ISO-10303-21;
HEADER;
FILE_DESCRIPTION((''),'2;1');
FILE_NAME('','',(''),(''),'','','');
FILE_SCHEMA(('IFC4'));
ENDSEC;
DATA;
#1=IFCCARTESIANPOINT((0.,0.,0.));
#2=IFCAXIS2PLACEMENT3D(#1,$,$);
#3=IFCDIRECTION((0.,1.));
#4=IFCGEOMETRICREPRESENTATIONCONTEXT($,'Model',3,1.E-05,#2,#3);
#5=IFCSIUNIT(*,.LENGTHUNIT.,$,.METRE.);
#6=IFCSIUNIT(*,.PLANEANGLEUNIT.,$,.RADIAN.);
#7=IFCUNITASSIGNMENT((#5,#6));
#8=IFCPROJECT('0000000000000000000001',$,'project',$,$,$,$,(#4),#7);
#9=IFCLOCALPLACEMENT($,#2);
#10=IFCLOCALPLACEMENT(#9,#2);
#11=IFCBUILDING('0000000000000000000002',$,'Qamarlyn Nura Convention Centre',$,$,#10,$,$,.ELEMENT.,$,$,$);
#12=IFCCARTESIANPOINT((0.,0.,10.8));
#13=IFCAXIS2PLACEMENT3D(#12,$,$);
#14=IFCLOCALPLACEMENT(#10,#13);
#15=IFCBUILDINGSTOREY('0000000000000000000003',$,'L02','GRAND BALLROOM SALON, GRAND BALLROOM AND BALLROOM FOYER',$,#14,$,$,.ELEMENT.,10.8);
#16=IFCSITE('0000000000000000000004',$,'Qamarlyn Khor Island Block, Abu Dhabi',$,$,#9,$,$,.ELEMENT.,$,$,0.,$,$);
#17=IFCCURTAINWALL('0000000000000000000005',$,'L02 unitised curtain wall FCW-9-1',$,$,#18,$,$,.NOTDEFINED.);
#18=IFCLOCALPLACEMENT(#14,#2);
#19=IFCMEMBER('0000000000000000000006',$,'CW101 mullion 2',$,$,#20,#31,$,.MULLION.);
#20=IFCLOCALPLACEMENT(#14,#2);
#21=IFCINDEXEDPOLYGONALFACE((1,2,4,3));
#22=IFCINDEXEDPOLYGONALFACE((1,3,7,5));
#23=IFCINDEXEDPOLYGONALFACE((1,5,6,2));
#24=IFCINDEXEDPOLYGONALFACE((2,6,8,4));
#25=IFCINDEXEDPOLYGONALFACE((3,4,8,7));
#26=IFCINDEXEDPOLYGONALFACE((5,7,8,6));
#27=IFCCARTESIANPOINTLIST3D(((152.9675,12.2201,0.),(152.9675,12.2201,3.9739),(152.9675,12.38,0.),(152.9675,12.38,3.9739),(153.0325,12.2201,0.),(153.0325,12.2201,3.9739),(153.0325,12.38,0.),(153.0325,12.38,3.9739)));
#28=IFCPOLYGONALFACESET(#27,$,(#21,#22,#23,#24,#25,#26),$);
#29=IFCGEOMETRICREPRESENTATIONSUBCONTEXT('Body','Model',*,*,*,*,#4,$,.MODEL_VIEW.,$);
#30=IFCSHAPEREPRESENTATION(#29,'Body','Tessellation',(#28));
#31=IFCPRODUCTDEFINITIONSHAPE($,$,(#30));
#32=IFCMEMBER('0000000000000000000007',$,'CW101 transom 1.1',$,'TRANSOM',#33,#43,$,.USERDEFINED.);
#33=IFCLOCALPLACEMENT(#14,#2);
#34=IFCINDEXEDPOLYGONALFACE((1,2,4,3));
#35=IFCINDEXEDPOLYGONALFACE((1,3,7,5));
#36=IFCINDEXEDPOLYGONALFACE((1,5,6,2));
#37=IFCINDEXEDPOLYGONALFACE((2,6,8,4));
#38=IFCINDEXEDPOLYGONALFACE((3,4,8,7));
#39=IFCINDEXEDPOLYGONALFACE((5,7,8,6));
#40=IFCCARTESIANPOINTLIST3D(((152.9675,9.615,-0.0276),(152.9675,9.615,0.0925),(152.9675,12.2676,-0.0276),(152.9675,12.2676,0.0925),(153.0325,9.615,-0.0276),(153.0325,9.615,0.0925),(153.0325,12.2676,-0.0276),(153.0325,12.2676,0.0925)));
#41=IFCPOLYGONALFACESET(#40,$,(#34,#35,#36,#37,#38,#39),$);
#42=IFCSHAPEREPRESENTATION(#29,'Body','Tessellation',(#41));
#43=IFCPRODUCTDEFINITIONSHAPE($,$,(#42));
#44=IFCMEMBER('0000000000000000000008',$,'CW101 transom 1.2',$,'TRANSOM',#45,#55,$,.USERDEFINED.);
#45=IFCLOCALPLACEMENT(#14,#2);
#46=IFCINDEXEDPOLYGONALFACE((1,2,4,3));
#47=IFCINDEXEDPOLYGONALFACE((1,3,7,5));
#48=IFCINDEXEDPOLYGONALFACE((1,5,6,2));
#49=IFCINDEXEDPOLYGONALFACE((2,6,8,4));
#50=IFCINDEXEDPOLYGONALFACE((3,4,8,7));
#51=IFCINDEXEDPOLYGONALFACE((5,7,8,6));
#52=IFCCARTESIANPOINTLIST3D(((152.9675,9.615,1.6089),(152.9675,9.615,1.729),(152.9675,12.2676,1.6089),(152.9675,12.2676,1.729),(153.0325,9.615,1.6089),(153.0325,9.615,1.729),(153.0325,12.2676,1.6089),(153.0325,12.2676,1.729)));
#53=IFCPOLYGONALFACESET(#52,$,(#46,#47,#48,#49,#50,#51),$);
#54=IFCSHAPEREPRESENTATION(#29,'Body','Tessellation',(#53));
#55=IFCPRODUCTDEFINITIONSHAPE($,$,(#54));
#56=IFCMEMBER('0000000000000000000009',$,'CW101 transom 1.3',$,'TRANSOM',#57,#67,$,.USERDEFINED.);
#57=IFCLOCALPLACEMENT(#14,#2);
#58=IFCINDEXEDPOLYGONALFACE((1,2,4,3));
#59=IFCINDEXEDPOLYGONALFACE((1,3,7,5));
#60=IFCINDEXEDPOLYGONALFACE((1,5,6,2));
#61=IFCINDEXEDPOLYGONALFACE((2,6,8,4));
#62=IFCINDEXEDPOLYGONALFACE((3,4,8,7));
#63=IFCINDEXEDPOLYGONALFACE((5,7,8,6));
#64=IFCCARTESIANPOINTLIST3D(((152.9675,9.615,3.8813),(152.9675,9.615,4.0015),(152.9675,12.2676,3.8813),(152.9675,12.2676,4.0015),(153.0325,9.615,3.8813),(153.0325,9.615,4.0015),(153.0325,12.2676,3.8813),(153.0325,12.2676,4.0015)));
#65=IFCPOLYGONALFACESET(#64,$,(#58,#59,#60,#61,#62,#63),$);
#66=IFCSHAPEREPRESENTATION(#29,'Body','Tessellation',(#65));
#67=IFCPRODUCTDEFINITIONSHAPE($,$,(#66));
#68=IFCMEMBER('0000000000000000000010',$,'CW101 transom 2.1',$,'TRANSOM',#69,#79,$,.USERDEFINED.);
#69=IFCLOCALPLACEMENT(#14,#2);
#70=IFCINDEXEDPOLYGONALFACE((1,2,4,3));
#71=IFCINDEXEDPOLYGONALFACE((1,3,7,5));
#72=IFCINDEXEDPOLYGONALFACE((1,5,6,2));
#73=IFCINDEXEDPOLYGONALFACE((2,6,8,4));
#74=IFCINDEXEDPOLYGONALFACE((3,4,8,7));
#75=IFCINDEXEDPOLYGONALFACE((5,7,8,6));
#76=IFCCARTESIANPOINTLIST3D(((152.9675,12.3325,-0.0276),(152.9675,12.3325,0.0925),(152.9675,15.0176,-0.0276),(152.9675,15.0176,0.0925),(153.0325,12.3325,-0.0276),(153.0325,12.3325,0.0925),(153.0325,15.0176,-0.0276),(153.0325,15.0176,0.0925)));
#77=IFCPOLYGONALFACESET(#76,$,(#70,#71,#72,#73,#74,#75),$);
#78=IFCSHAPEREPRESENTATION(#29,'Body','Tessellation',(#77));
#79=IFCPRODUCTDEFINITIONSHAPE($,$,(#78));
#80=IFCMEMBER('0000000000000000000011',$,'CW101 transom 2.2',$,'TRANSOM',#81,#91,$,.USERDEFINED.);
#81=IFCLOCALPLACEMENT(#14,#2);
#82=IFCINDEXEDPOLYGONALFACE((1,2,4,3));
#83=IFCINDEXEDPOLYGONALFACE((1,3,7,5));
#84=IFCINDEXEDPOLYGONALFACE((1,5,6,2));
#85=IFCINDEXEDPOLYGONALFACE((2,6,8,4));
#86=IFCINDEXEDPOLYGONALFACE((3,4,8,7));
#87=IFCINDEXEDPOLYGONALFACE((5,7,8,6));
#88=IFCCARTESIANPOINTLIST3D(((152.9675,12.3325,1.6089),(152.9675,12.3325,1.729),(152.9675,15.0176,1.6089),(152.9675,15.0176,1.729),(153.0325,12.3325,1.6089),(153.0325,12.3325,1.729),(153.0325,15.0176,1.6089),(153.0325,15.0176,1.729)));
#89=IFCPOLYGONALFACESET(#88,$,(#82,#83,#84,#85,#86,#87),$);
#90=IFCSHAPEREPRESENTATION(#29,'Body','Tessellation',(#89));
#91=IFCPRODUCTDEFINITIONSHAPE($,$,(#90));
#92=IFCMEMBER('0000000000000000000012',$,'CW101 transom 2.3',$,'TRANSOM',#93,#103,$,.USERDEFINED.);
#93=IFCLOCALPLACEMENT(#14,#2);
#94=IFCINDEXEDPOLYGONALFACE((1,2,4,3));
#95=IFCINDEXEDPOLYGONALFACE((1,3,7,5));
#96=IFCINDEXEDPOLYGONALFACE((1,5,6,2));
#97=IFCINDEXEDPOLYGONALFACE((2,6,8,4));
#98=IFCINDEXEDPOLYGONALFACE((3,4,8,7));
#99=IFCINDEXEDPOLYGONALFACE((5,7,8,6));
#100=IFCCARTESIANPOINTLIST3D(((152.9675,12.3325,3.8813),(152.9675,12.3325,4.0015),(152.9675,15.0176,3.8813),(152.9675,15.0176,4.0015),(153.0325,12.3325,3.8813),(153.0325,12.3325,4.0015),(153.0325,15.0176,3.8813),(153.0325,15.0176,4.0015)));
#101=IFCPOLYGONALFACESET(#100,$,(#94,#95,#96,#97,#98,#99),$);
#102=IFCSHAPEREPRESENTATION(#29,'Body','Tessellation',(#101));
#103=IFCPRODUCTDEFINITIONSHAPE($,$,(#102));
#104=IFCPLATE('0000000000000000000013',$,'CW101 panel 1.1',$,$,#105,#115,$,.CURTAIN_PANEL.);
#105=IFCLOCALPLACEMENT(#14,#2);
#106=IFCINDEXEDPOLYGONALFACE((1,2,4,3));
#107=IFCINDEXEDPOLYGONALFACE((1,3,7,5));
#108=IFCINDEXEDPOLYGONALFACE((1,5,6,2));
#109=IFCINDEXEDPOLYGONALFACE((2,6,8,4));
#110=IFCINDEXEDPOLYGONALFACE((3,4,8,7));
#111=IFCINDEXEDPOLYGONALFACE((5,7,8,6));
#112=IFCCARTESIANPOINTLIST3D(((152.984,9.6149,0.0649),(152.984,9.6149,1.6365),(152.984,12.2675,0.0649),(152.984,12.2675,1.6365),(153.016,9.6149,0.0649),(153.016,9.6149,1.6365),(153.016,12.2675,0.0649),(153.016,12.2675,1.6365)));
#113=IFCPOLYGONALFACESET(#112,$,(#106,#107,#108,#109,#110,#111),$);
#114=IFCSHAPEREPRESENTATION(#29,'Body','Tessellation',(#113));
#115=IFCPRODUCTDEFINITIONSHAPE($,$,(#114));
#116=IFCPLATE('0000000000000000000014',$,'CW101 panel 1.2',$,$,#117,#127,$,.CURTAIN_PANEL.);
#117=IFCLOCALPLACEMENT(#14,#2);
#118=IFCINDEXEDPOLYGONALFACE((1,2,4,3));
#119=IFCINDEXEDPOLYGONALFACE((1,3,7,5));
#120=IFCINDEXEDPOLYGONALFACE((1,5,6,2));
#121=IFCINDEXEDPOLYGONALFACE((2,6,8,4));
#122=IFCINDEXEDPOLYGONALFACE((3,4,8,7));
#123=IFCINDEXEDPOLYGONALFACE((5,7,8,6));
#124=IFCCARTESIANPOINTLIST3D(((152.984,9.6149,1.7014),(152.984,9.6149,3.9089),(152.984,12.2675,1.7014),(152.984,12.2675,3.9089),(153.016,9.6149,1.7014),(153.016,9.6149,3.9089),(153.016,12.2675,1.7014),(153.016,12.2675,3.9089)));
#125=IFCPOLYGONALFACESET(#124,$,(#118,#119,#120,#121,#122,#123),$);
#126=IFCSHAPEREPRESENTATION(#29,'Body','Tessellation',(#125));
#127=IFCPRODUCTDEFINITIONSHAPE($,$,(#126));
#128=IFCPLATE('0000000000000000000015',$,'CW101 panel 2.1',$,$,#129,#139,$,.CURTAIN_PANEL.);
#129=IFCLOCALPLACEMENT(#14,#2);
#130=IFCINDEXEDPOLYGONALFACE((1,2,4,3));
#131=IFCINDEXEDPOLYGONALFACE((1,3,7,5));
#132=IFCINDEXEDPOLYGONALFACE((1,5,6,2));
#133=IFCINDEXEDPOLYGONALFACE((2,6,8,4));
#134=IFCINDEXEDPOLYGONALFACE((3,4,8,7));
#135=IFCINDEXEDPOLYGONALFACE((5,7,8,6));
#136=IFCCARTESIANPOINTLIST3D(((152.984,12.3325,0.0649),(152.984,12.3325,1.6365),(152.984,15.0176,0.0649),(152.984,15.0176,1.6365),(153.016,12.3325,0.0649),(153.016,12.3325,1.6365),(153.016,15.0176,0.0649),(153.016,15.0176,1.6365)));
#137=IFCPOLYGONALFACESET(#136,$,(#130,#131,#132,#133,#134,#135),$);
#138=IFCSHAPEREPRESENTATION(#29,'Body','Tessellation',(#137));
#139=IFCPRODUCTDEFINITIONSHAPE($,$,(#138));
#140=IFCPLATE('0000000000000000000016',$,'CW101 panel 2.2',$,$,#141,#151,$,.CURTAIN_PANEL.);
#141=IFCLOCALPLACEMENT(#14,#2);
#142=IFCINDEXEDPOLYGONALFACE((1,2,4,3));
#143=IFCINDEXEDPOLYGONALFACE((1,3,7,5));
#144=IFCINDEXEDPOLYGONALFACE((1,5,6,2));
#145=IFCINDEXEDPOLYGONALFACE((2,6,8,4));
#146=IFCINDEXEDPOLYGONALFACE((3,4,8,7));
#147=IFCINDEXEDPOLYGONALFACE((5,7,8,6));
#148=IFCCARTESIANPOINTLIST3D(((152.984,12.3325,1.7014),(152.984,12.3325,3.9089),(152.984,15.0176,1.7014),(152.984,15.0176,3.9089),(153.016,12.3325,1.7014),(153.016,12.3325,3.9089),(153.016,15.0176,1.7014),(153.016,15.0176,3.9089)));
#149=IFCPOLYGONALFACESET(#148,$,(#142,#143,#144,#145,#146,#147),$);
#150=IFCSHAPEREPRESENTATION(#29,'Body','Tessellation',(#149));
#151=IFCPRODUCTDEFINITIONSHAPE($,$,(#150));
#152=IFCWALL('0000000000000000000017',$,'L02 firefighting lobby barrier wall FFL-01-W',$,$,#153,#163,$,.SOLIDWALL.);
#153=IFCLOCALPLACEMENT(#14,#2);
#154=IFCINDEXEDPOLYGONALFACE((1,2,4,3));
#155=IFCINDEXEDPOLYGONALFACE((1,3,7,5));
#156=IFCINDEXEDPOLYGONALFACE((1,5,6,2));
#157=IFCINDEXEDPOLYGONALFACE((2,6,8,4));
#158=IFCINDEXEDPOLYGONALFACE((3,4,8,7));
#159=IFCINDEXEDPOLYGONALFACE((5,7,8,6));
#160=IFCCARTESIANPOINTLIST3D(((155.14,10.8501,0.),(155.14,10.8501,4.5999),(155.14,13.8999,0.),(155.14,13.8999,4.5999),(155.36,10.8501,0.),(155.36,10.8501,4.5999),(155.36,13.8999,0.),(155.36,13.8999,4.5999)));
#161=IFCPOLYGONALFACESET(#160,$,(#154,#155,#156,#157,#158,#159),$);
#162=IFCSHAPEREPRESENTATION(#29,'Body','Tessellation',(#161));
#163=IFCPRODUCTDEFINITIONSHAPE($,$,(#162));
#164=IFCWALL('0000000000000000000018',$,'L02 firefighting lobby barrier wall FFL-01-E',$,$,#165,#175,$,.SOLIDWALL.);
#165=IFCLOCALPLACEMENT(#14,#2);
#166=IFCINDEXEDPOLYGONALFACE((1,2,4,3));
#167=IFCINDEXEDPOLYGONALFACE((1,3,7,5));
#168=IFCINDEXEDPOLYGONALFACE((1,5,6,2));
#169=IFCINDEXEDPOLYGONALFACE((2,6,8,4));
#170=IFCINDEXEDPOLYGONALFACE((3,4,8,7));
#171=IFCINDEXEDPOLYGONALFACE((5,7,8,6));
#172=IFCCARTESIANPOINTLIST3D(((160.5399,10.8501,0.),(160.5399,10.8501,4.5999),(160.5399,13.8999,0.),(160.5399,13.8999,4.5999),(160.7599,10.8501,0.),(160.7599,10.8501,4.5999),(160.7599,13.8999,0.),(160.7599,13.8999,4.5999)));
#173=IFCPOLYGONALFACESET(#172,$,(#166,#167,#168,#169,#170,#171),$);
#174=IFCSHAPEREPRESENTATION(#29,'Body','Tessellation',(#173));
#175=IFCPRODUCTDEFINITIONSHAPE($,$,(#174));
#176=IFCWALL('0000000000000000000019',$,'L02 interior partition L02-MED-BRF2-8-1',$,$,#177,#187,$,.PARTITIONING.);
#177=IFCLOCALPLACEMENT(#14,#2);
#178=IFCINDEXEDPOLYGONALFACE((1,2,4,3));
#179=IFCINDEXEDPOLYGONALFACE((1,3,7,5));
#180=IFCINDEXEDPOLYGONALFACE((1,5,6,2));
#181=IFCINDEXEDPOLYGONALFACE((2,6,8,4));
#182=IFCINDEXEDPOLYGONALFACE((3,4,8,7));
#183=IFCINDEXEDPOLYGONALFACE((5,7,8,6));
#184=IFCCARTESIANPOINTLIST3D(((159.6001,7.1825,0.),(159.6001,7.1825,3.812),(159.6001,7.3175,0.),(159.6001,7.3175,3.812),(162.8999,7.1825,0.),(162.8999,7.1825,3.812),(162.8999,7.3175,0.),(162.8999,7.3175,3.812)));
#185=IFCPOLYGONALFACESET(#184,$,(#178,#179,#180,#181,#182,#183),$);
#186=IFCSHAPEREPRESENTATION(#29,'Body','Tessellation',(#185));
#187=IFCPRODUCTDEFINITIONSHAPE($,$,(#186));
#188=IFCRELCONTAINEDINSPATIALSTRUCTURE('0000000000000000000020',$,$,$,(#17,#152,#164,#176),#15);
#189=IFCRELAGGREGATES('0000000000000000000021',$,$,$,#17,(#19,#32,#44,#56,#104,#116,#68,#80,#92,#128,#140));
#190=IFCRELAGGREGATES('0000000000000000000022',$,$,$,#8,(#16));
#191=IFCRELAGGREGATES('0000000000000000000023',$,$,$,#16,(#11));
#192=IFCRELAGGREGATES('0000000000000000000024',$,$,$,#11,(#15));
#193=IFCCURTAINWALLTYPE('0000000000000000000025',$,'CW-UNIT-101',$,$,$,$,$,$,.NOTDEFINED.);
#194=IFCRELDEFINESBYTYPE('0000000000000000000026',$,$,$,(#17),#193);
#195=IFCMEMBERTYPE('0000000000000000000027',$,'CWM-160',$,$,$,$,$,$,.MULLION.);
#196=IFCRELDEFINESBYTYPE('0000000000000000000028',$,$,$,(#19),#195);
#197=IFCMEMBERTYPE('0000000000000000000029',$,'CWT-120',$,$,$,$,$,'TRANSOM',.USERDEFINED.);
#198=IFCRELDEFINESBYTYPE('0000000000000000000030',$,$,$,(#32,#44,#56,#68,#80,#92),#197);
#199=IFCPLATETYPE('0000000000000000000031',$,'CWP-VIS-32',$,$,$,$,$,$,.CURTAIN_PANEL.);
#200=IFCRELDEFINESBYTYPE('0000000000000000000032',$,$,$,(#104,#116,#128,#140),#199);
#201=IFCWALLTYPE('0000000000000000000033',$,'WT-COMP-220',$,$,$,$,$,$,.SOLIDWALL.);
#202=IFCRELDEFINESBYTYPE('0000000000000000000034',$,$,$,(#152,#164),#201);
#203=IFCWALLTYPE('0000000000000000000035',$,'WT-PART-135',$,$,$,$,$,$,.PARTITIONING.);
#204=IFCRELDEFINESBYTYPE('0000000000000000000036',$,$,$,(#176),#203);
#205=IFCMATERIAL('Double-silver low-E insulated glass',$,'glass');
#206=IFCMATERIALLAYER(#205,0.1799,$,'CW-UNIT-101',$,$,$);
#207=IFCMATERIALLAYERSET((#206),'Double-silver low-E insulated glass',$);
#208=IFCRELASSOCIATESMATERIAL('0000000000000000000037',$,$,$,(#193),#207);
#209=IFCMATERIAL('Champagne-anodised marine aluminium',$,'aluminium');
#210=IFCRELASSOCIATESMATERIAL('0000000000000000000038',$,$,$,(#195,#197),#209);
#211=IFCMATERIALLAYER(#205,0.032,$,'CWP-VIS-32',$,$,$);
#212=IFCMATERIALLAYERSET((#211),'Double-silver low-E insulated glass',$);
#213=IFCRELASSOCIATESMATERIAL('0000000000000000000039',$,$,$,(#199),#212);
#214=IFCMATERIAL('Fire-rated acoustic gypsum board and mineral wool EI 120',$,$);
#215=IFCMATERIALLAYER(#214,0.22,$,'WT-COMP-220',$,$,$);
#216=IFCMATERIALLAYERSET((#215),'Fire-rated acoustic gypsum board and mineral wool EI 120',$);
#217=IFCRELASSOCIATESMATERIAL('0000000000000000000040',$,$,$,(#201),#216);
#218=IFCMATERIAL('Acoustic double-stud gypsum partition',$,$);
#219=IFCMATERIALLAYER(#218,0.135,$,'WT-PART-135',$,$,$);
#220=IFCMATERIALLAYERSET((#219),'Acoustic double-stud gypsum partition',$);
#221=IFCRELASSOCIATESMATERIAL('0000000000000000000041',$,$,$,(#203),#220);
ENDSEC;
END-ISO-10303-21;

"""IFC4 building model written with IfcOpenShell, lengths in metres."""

from ifc_helpers import new_model, si_unit, direction, frame, frame_2d, origin, origin_2d, place, context, subcontext, project, spatial, rectangle, extrude, material, layer, layer_set, material_profile, profile_set, type_object, element, aggregate, save


model = new_model("IFC4")

# Units and contexts
model_context = context("Model", 3, precision=1e-05, world=origin(), true_north=direction((0.0, 1.0)))
body_context = subcontext(model_context, "Body", "Model", "MODEL_VIEW")
ifc_project = project(units=[si_unit("LENGTHUNIT", "METRE"), si_unit("PLANEANGLEUNIT", "RADIAN")], contexts=[model_context])

# Site, building, storey
site_placement = place(None, origin())
site = spatial("IfcSite", under=ifc_project, at=site_placement, Name="Qamarlyn Khor Island Block, Abu Dhabi", CompositionType="ELEMENT", RefElevation=0.0)
building_placement = place(site_placement, origin())
building = spatial("IfcBuilding", under=site, at=building_placement, Name="Qamarlyn Nura Convention Centre", CompositionType="ELEMENT")
storey_placement = place(building_placement, frame((0.0, 0.0, 10.8)))
storey = spatial("IfcBuildingStorey", under=building, at=storey_placement, Name="L02", Description="GRAND BALLROOM SALON, GRAND BALLROOM AND BALLROOM FOYER", CompositionType="ELEMENT", Elevation=10.8)

# Curtain wall, members, plates
ifc_material_1 = material(Name="Double-silver low-E insulated glass", Category="glass")
ifc_layer_1 = layer(ifc_material_1, 0.1799, Name="CW-UNIT-101")
ifc_layer_set_1 = layer_set([ifc_layer_1], Name="Double-silver low-E insulated glass")
curtain_wall_type = type_object("IfcCurtainWallType", Name="CW-UNIT-101", PredefinedType="NOTDEFINED", material=ifc_layer_set_1)
curtain_wall_placement = place(storey_placement, origin())
curtain_wall = element("IfcCurtainWall", 1, at=curtain_wall_placement, inside=storey, type_object=curtain_wall_type, Name="L02 unitised curtain wall FCW-9-1", PredefinedType="NOTDEFINED")
ifc_material_2 = material(Name="Champagne-anodised marine aluminium", Category="aluminium")
ifc_material_profile_1 = material_profile(ifc_material_2, rectangle(XDim=0.0649, YDim=0.1599, at=origin_2d()), Name="ALU MULLION 65x160")
ifc_profile_set_1 = profile_set([ifc_material_profile_1], Name="Champagne-anodised marine aluminium")
member_type_1 = type_object("IfcMemberType", Name="CWM-160", PredefinedType="MULLION", material=ifc_profile_set_1)
member_1_placement = place(storey_placement, frame((153.0, 12.3, 0.0), z_axis=(0.0, 0.0, 1.0), x_axis=(-1.0, 0.0, 0.0)))
member_1 = element("IfcMember", 2, at=member_1_placement, type_object=member_type_1, Name="CW101 mullion 2", PredefinedType="MULLION", context=body_context, shape_type="SweptSolid", body=[
    extrude(rectangle(XDim=0.0649, YDim=0.1599, at=origin_2d()), origin(), (0.0, 0.0, 1.0), 3.9739),
])
ifc_material_profile_2 = material_profile(ifc_material_2, rectangle(XDim=0.0649, YDim=0.1201, at=origin_2d()), Name="ALU TRANSOM 65x120")
ifc_profile_set_2 = profile_set([ifc_material_profile_2], Name="Champagne-anodised marine aluminium")
member_type_2 = type_object("IfcMemberType", Name="CWT-120", ElementType="TRANSOM", PredefinedType="USERDEFINED", material=ifc_profile_set_2)
member_2_placement = place(storey_placement, frame((153.0, 9.615, 0.0325), z_axis=(0.0, 1.0, 0.0), x_axis=(-1.0, 0.0, 0.0)))
member_2 = element("IfcMember", 3, at=member_2_placement, type_object=member_type_2, Name="CW101 transom 1.1", ObjectType="TRANSOM", PredefinedType="USERDEFINED", context=body_context, shape_type="SweptSolid", body=[
    extrude(rectangle(XDim=0.0649, YDim=0.1201, at=origin_2d()), origin(), (0.0, 0.0, 1.0), 2.6526),
])
member_3_placement = place(storey_placement, frame((153.0, 9.615, 1.6689), z_axis=(0.0, 1.0, 0.0), x_axis=(-1.0, 0.0, 0.0)))
member_3 = element("IfcMember", 4, at=member_3_placement, type_object=member_type_2, Name="CW101 transom 1.2", ObjectType="TRANSOM", PredefinedType="USERDEFINED", context=body_context, shape_type="SweptSolid", body=[
    extrude(rectangle(XDim=0.0649, YDim=0.1201, at=origin_2d()), origin(), (0.0, 0.0, 1.0), 2.6526),
])
member_4_placement = place(storey_placement, frame((153.0, 9.615, 3.9414), z_axis=(0.0, 1.0, 0.0), x_axis=(-1.0, 0.0, 0.0)))
member_4 = element("IfcMember", 5, at=member_4_placement, type_object=member_type_2, Name="CW101 transom 1.3", ObjectType="TRANSOM", PredefinedType="USERDEFINED", context=body_context, shape_type="SweptSolid", body=[
    extrude(rectangle(XDim=0.0649, YDim=0.1201, at=origin_2d()), origin(), (0.0, 0.0, 1.0), 2.6526),
])
member_5_placement = place(storey_placement, frame((153.0, 12.3325, 0.0325), z_axis=(0.0, 1.0, 0.0), x_axis=(-1.0, 0.0, 0.0)))
member_5 = element("IfcMember", 6, at=member_5_placement, type_object=member_type_2, Name="CW101 transom 2.1", ObjectType="TRANSOM", PredefinedType="USERDEFINED", context=body_context, shape_type="SweptSolid", body=[
    extrude(rectangle(XDim=0.0649, YDim=0.1201, at=origin_2d()), origin(), (0.0, 0.0, 1.0), 2.6851),
])
member_6_placement = place(storey_placement, frame((153.0, 12.3325, 1.6689), z_axis=(0.0, 1.0, 0.0), x_axis=(-1.0, 0.0, 0.0)))
member_6 = element("IfcMember", 7, at=member_6_placement, type_object=member_type_2, Name="CW101 transom 2.2", ObjectType="TRANSOM", PredefinedType="USERDEFINED", context=body_context, shape_type="SweptSolid", body=[
    extrude(rectangle(XDim=0.0649, YDim=0.1201, at=origin_2d()), origin(), (0.0, 0.0, 1.0), 2.6851),
])
member_7_placement = place(storey_placement, frame((153.0, 12.3325, 3.9414), z_axis=(0.0, 1.0, 0.0), x_axis=(-1.0, 0.0, 0.0)))
member_7 = element("IfcMember", 8, at=member_7_placement, type_object=member_type_2, Name="CW101 transom 2.3", ObjectType="TRANSOM", PredefinedType="USERDEFINED", context=body_context, shape_type="SweptSolid", body=[
    extrude(rectangle(XDim=0.0649, YDim=0.1201, at=origin_2d()), origin(), (0.0, 0.0, 1.0), 2.6851),
])
ifc_layer_2 = layer(ifc_material_1, 0.032, Name="CWP-VIS-32")
ifc_layer_set_2 = layer_set([ifc_layer_2], Name="Double-silver low-E insulated glass")
plate_type = type_object("IfcPlateType", Name="CWP-VIS-32", PredefinedType="CURTAIN_PANEL", material=ifc_layer_set_2)
plate_1_placement = place(storey_placement, frame((153.0, 10.9412, 0.0649), z_axis=(0.0, 0.0, 1.0), x_axis=(0.0, 1.0, 0.0)))
plate_1 = element("IfcPlate", 9, at=plate_1_placement, type_object=plate_type, Name="CW101 panel 1.1", PredefinedType="CURTAIN_PANEL", context=body_context, shape_type="SweptSolid", body=[
    extrude(rectangle(XDim=2.6526, YDim=0.032, at=origin_2d()), origin(), (0.0, 0.0, 1.0), 1.5715),
])
plate_2_placement = place(storey_placement, frame((153.0, 10.9412, 1.7014), z_axis=(0.0, 0.0, 1.0), x_axis=(0.0, 1.0, 0.0)))
plate_2 = element("IfcPlate", 10, at=plate_2_placement, type_object=plate_type, Name="CW101 panel 1.2", PredefinedType="CURTAIN_PANEL", context=body_context, shape_type="SweptSolid", body=[
    extrude(rectangle(XDim=2.6526, YDim=0.032, at=origin_2d()), origin(), (0.0, 0.0, 1.0), 2.2075),
])
plate_3_placement = place(storey_placement, frame((153.0, 13.675, 0.0649), z_axis=(0.0, 0.0, 1.0), x_axis=(0.0, 1.0, 0.0)))
plate_3 = element("IfcPlate", 11, at=plate_3_placement, type_object=plate_type, Name="CW101 panel 2.1", PredefinedType="CURTAIN_PANEL", context=body_context, shape_type="SweptSolid", body=[
    extrude(rectangle(XDim=2.6851, YDim=0.032, at=origin_2d()), origin(), (0.0, 0.0, 1.0), 1.5715),
])
plate_4_placement = place(storey_placement, frame((153.0, 13.675, 1.7014), z_axis=(0.0, 0.0, 1.0), x_axis=(0.0, 1.0, 0.0)))
plate_4 = element("IfcPlate", 12, at=plate_4_placement, type_object=plate_type, Name="CW101 panel 2.2", PredefinedType="CURTAIN_PANEL", context=body_context, shape_type="SweptSolid", body=[
    extrude(rectangle(XDim=2.6851, YDim=0.032, at=origin_2d()), origin(), (0.0, 0.0, 1.0), 2.2075),
])
aggregate(curtain_wall, [member_1, member_2, member_3, member_4, plate_1, plate_2, member_5, member_6, member_7, plate_3, plate_4])

# Walls
ifc_material_3 = material(Name="Fire-rated acoustic gypsum board and mineral wool EI 120")
ifc_layer_3 = layer(ifc_material_3, 0.22, Name="WT-COMP-220")
ifc_layer_set_3 = layer_set([ifc_layer_3], Name="Fire-rated acoustic gypsum board and mineral wool EI 120")
wall_type_1 = type_object("IfcWallType", Name="WT-COMP-220", PredefinedType="SOLIDWALL", material=ifc_layer_set_3)
for number, where, z_axis, x_axis, name in (
    (13, (155.25, 10.8501, 0.0), (0.0, 0.0, 1.0), (0.0, 1.0, 0.0), "L02 firefighting lobby barrier wall FFL-01-W"),
    (14, (160.6499, 10.8501, 0.0), (0.0, 0.0, 1.0), (0.0, 1.0, 0.0), "L02 firefighting lobby barrier wall FFL-01-E"),
):
    element("IfcWall", number, at=place(storey_placement, frame(where, z_axis=z_axis, x_axis=x_axis)), inside=storey, type_object=wall_type_1, Name=name, PredefinedType="SOLIDWALL", context=body_context, shape_type="SweptSolid", body=[
        extrude(rectangle(XDim=3.0498, YDim=0.22, at=frame_2d((1.5249, 0.0))), origin(), (0.0, 0.0, 1.0), 4.5999),
    ])

# Shared definitions
ifc_material_4 = material(Name="Acoustic double-stud gypsum partition")

# Wall
ifc_layer_4 = layer(ifc_material_4, 0.135, Name="WT-PART-135")
ifc_layer_set_4 = layer_set([ifc_layer_4], Name="Acoustic double-stud gypsum partition")
wall_type_2 = type_object("IfcWallType", Name="WT-PART-135", PredefinedType="PARTITIONING", material=ifc_layer_set_4)
wall_1_placement = place(storey_placement, frame((159.6001, 7.25, 0.0), z_axis=(0.0, 0.0, 1.0), x_axis=(1.0, 0.0, 0.0)))
element("IfcWall", 15, at=wall_1_placement, inside=storey, type_object=wall_type_2, Name="L02 interior partition L02-MED-BRF2-8-1", PredefinedType="PARTITIONING", context=body_context, shape_type="SweptSolid", body=[
    extrude(rectangle(XDim=3.2998, YDim=0.135, at=frame_2d((1.6499, 0.0))), origin(), (0.0, 0.0, 1.0), 3.812),
])

save(model, "model.ifc")
